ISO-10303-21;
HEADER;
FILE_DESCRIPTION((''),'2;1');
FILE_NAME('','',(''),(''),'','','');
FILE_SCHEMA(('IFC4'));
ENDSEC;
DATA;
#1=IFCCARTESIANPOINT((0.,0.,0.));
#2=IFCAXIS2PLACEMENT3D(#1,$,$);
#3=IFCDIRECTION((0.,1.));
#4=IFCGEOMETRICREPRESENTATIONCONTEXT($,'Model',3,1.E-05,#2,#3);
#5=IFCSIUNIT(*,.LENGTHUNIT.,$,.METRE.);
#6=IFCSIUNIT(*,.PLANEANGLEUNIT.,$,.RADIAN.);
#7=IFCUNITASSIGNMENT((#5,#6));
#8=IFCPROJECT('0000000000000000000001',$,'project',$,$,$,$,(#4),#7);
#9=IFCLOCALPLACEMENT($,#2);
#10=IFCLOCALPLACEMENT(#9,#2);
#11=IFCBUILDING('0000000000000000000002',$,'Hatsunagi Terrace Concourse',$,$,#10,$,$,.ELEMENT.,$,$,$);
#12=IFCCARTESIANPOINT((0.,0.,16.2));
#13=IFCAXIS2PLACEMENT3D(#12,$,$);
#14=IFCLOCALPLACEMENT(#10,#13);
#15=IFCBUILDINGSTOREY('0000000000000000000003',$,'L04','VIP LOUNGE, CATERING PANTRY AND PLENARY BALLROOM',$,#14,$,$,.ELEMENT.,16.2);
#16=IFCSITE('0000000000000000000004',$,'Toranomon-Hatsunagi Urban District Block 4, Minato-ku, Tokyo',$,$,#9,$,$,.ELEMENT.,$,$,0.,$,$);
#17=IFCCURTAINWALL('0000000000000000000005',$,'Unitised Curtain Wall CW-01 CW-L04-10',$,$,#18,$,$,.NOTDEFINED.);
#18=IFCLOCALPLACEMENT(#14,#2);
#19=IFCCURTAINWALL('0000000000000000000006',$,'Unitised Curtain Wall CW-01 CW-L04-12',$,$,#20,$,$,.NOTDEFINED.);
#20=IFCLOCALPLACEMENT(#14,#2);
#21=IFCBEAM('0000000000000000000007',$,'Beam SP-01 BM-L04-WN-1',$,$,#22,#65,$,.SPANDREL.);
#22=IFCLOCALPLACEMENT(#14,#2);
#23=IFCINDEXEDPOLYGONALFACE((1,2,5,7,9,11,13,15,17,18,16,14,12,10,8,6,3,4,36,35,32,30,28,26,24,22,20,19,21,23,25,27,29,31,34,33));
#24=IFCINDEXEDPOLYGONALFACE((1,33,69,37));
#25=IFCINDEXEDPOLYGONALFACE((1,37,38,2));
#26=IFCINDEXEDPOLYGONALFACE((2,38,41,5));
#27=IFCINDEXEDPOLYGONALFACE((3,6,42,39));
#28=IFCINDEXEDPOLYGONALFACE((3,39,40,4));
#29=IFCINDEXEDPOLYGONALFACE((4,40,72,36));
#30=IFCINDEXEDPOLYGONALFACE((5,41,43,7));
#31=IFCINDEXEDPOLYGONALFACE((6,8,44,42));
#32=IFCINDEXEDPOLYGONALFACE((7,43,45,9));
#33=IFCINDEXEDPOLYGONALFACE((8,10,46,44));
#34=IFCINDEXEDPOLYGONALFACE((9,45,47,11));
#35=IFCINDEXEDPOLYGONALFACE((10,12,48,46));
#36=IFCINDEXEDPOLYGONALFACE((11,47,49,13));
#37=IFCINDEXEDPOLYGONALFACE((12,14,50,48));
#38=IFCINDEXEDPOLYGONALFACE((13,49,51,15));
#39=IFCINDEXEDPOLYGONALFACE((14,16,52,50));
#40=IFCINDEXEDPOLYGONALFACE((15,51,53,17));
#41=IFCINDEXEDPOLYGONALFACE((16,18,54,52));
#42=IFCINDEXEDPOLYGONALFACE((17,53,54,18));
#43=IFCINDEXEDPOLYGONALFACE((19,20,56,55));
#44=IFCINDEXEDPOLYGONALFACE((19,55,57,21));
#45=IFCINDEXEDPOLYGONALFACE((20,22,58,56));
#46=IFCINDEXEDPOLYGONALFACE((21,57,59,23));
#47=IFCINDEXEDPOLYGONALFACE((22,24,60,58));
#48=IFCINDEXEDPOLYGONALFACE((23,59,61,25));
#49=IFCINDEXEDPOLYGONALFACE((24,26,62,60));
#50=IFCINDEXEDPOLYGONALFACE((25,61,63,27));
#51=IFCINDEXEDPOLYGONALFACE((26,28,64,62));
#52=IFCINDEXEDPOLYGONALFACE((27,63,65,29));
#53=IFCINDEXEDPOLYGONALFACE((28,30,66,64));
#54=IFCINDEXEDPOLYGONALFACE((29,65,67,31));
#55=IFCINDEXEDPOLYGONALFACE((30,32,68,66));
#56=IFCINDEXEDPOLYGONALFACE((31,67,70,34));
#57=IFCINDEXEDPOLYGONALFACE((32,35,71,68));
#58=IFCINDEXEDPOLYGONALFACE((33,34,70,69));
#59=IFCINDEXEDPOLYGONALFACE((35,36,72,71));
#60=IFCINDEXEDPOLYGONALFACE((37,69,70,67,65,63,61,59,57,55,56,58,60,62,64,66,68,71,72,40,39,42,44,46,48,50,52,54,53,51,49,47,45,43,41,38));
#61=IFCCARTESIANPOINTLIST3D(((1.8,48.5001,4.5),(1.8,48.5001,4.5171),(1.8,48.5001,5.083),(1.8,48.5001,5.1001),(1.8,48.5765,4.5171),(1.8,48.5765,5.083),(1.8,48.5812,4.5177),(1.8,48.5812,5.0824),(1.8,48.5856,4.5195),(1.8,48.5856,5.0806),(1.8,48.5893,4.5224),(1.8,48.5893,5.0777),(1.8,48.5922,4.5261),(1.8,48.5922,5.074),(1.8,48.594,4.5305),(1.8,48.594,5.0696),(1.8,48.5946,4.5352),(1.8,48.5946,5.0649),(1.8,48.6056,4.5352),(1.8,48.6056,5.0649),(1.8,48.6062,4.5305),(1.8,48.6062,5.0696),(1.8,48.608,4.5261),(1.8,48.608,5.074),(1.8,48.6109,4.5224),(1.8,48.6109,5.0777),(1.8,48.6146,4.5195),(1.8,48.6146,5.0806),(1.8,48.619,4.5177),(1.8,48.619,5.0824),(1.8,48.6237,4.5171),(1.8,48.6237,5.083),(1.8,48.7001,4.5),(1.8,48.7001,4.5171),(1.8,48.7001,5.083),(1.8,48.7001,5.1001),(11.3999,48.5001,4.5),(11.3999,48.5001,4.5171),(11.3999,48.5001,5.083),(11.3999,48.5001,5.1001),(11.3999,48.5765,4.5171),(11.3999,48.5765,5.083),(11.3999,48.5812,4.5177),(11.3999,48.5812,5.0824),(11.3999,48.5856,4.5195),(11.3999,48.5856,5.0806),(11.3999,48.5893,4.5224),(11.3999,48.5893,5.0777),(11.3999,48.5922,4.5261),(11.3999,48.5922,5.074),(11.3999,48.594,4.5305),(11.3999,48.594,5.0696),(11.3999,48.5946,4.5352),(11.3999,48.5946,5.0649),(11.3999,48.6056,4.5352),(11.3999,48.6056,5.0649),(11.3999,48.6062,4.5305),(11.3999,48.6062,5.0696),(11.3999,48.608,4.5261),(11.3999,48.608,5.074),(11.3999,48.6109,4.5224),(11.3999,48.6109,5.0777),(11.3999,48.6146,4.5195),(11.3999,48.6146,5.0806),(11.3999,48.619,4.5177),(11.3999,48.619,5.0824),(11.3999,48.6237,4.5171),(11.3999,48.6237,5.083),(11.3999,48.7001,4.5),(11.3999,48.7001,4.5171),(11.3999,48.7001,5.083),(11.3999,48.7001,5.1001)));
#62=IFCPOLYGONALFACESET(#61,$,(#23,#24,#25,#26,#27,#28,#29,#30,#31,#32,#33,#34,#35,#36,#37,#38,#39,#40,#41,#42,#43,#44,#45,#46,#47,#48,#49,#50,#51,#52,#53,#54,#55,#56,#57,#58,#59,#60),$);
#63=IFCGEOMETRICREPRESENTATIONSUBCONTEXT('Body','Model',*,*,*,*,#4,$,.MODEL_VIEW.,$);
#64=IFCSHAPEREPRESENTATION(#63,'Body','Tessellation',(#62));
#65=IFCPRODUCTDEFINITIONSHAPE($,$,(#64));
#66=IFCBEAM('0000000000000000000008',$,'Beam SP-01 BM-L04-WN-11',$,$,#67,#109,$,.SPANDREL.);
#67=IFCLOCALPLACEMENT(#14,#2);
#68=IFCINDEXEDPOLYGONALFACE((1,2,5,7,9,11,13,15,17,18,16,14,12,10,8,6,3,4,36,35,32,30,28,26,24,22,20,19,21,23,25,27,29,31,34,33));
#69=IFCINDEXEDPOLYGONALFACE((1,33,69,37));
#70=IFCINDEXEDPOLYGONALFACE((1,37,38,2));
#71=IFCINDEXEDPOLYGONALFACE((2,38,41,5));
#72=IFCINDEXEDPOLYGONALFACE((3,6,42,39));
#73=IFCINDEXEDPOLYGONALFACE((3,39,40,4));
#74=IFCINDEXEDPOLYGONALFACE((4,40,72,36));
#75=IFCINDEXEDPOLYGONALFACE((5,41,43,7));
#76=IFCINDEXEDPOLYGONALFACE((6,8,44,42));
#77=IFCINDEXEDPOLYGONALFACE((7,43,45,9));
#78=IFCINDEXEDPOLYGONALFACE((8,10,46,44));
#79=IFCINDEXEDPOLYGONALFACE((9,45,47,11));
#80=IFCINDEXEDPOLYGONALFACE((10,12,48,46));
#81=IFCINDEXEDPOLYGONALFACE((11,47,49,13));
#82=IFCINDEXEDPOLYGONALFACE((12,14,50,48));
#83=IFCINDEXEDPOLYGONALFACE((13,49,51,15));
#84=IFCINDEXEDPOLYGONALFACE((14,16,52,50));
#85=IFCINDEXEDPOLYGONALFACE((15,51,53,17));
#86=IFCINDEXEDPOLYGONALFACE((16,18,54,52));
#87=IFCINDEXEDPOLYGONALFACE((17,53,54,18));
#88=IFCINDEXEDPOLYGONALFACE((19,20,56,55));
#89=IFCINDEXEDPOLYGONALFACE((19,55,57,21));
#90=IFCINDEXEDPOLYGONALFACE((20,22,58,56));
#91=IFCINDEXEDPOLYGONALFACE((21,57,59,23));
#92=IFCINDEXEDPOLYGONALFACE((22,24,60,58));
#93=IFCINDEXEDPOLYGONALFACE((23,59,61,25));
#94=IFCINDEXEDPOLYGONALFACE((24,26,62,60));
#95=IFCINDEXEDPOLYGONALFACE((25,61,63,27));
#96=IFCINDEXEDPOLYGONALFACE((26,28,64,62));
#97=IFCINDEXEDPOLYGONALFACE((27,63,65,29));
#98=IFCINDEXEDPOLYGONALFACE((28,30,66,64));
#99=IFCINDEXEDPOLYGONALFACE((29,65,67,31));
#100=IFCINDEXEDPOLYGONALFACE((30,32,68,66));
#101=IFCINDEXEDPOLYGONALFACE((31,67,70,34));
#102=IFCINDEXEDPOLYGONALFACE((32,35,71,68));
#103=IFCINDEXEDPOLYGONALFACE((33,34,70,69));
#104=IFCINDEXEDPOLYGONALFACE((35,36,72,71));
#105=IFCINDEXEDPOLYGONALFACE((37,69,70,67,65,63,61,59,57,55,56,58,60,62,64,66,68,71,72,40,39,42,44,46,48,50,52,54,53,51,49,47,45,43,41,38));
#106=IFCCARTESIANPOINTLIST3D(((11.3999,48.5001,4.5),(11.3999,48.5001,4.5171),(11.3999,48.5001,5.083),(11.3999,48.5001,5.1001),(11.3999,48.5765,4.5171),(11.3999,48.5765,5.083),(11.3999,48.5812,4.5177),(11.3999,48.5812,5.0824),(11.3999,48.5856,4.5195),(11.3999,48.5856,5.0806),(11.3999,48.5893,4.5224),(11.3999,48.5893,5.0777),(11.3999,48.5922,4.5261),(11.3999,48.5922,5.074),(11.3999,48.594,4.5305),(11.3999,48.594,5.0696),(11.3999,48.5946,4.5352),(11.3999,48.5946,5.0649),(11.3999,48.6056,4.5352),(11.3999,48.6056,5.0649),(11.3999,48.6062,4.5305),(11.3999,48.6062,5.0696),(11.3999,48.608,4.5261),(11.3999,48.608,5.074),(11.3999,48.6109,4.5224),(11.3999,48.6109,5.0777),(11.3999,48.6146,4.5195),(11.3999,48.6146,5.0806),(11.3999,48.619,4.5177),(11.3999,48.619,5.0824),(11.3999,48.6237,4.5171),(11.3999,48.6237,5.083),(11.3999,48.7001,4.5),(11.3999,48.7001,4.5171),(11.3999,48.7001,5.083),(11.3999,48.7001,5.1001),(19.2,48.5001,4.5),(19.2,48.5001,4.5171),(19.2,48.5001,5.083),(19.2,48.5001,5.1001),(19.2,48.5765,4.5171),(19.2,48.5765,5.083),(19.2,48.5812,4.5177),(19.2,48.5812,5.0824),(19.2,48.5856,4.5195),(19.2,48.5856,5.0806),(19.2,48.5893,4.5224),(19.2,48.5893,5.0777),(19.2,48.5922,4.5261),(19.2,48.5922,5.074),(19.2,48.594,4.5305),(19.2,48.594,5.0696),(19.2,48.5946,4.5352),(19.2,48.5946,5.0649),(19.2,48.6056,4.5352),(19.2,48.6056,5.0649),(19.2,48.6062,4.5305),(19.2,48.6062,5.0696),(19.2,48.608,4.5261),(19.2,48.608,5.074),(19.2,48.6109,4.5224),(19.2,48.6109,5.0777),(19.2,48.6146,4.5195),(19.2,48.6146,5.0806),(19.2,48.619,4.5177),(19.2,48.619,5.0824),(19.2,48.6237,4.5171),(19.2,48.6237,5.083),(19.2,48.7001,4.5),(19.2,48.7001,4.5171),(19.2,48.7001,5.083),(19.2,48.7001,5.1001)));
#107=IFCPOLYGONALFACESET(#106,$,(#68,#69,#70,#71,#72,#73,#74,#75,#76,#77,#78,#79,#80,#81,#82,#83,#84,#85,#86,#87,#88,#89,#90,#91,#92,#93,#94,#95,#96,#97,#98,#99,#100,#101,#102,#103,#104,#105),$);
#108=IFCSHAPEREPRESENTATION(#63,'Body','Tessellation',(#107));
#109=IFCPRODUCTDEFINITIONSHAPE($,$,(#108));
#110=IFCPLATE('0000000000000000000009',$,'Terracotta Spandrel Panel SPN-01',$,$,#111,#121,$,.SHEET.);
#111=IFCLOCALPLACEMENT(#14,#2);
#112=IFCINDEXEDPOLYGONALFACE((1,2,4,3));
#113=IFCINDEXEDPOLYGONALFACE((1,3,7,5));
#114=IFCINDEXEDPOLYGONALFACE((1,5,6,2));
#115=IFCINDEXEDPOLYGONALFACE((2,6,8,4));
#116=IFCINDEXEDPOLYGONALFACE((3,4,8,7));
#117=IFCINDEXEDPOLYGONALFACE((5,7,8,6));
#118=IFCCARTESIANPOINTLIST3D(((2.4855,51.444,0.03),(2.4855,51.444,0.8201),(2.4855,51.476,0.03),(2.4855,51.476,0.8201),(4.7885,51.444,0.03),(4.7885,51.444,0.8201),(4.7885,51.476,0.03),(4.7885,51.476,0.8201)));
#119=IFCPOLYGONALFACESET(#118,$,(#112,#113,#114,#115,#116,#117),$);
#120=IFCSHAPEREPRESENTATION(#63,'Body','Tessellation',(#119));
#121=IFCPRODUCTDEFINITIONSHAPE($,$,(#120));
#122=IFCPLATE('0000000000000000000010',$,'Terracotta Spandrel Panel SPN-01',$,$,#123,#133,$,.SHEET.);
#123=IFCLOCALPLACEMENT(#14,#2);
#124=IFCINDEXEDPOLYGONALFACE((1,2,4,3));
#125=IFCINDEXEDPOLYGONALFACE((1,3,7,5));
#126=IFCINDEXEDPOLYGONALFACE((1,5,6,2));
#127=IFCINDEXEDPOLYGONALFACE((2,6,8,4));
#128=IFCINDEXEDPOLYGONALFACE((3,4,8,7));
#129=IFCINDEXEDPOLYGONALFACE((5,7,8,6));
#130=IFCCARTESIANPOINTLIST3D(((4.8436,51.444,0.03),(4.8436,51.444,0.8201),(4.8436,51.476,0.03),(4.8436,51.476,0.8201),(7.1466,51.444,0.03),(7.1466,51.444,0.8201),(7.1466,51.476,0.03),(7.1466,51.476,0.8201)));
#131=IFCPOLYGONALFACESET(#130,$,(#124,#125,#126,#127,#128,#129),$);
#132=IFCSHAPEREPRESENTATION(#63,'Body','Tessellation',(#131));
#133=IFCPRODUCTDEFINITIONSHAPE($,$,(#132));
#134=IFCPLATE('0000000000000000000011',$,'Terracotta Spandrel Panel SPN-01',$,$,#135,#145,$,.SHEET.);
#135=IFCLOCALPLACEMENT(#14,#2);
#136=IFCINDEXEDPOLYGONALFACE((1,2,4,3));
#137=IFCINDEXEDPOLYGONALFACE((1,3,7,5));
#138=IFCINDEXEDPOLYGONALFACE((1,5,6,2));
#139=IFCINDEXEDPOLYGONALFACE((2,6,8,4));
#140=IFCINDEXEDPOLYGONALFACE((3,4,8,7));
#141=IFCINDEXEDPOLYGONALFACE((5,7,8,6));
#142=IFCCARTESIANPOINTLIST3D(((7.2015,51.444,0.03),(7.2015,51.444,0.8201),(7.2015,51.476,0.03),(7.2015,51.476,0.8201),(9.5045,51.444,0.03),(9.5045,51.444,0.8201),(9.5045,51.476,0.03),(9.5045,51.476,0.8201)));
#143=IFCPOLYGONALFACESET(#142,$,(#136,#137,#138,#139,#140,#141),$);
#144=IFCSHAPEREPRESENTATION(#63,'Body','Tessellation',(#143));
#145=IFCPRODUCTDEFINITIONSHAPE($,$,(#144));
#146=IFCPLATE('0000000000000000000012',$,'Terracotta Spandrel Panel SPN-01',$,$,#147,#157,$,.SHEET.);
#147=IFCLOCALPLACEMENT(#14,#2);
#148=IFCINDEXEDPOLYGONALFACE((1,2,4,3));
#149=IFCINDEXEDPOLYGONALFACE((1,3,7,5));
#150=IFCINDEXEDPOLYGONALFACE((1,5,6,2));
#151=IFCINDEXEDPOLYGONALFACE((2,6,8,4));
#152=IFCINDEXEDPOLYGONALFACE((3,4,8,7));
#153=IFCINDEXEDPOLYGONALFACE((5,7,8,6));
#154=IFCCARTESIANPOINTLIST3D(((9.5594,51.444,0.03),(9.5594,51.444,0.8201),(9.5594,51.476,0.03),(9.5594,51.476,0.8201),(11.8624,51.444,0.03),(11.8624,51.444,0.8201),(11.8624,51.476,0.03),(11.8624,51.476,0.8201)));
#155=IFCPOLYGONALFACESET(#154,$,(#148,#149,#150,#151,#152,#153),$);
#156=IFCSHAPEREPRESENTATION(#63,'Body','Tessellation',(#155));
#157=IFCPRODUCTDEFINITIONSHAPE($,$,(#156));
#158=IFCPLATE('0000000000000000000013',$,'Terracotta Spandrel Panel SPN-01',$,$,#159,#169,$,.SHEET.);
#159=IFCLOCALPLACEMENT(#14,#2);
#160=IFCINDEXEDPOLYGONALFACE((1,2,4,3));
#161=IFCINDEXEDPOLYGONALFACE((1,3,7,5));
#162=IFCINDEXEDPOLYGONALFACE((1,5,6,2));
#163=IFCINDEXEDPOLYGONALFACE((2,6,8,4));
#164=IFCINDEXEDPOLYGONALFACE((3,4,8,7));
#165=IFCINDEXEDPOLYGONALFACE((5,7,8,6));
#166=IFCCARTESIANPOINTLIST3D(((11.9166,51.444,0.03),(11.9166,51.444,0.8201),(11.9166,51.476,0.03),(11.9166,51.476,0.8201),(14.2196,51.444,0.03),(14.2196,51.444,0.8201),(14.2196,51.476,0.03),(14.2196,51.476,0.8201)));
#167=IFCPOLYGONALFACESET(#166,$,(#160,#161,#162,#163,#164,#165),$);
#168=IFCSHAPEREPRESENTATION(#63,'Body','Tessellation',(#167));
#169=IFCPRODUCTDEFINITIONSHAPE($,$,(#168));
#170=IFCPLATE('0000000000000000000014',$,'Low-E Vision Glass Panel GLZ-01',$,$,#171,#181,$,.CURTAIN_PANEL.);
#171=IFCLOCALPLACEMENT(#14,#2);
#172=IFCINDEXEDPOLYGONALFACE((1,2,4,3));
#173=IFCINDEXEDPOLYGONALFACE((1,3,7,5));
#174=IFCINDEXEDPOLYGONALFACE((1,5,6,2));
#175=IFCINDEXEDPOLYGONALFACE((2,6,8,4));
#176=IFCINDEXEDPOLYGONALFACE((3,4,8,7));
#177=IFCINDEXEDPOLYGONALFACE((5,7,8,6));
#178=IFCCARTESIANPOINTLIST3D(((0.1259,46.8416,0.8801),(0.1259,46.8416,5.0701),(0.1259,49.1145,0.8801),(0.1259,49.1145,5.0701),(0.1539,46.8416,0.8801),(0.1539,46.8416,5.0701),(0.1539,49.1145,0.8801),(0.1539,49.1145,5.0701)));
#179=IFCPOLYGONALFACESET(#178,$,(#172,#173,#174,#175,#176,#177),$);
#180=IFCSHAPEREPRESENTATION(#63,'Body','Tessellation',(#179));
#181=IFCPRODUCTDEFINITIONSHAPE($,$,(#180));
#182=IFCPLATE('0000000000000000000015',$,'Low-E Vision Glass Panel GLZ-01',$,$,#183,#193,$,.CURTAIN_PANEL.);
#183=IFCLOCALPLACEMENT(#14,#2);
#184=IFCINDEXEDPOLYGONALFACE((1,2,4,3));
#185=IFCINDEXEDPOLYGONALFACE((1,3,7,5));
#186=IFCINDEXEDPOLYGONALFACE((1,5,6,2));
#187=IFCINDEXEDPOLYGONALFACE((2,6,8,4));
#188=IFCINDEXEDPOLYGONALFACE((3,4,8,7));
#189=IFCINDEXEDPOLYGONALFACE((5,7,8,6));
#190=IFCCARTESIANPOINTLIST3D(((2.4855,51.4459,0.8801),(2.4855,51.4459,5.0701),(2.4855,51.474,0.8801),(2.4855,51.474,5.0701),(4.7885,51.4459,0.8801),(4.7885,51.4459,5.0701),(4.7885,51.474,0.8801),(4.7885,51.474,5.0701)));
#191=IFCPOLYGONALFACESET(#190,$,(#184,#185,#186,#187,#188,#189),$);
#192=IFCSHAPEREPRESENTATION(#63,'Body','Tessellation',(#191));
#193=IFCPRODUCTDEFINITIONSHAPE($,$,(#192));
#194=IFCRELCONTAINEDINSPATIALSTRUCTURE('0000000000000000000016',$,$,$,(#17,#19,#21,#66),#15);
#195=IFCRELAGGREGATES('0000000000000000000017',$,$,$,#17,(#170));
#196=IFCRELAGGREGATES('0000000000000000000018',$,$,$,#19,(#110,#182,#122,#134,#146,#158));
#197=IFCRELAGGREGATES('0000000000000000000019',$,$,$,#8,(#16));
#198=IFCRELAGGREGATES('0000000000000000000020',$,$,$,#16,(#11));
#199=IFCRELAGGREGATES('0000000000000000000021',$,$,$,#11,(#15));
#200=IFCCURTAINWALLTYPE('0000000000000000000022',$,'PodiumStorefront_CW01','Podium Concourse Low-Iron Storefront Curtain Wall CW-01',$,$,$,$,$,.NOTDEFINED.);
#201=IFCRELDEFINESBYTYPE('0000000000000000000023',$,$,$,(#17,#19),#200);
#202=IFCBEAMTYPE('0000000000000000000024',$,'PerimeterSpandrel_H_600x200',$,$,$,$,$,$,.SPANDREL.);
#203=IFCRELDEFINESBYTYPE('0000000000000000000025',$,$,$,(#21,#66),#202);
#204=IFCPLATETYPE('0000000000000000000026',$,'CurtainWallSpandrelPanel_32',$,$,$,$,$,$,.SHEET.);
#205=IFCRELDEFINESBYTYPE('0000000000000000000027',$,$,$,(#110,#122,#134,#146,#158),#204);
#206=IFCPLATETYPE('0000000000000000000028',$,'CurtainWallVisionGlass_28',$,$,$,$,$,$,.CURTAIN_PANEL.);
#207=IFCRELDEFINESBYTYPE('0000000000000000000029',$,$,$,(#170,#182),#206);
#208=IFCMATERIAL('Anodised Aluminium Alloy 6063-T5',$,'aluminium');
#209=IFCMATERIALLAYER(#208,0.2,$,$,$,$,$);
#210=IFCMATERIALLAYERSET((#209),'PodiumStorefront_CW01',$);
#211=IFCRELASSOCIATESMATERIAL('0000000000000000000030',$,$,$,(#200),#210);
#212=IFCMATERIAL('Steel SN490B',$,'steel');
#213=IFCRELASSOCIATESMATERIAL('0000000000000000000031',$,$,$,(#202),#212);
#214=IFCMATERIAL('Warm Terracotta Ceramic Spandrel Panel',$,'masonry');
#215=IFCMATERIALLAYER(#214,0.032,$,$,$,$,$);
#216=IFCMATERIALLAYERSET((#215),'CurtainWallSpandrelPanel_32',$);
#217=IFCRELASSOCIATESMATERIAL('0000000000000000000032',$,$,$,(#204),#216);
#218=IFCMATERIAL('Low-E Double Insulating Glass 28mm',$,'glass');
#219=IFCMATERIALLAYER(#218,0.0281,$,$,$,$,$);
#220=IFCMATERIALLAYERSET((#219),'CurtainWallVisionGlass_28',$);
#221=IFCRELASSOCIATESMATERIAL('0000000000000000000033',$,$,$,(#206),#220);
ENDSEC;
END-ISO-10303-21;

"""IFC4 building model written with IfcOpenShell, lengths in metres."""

from ifc_helpers import new_model, si_unit, direction, frame, origin, origin_2d, place, context, subcontext, project, spatial, rectangle, i_section, extrude, material, layer, layer_set, material_profile, profile_set, type_object, element, aggregate, save


model = new_model("IFC4")

# Units and contexts
model_context = context("Model", 3, precision=1e-05, world=origin(), true_north=direction((0.0, 1.0)))
body_context = subcontext(model_context, "Body", "Model", "MODEL_VIEW")
ifc_project = project(units=[si_unit("LENGTHUNIT", "METRE"), si_unit("PLANEANGLEUNIT", "RADIAN")], contexts=[model_context])

# Site, building, storey
site_placement = place(None, origin())
site = spatial("IfcSite", under=ifc_project, at=site_placement, Name="Toranomon-Hatsunagi Urban District Block 4, Minato-ku, Tokyo", CompositionType="ELEMENT", RefElevation=0.0)
building_placement = place(site_placement, origin())
building = spatial("IfcBuilding", under=site, at=building_placement, Name="Hatsunagi Terrace Concourse", CompositionType="ELEMENT")
storey_placement = place(building_placement, frame((0.0, 0.0, 16.2)))
storey = spatial("IfcBuildingStorey", under=building, at=storey_placement, Name="L04", Description="VIP LOUNGE, CATERING PANTRY AND PLENARY BALLROOM", CompositionType="ELEMENT", Elevation=16.2)

# Curtain wall
ifc_material_1 = material(Name="Anodised Aluminium Alloy 6063-T5", Category="aluminium")
ifc_layer_1 = layer(ifc_material_1, 0.2)
ifc_layer_set_1 = layer_set([ifc_layer_1], Name="PodiumStorefront_CW01")
curtain_wall_type = type_object("IfcCurtainWallType", Name="PodiumStorefront_CW01", Description="Podium Concourse Low-Iron Storefront Curtain Wall CW-01", PredefinedType="NOTDEFINED", material=ifc_layer_set_1)
curtain_wall_1_placement = place(storey_placement, origin())
curtain_wall_1 = element("IfcCurtainWall", 1, at=curtain_wall_1_placement, inside=storey, type_object=curtain_wall_type, Name="Unitised Curtain Wall CW-01 CW-L04-10", PredefinedType="NOTDEFINED")

# Curtain wall
curtain_wall_2_placement = place(storey_placement, origin())
curtain_wall_2 = element("IfcCurtainWall", 2, at=curtain_wall_2_placement, inside=storey, type_object=curtain_wall_type, Name="Unitised Curtain Wall CW-01 CW-L04-12", PredefinedType="NOTDEFINED")

# Beams
ifc_material_2 = material(Name="Steel SN490B", Category="steel")
ifc_material_profile_1 = material_profile(ifc_material_2, i_section(OverallWidth=0.2, OverallDepth=0.6001, WebThickness=0.011, FlangeThickness=0.0171, FilletRadius=0.0181, at=origin_2d()), Name="H-600x200x11x17")
ifc_profile_set_1 = profile_set([ifc_material_profile_1], Name="Steel SN490B")
beam_type = type_object("IfcBeamType", Name="PerimeterSpandrel_H_600x200", PredefinedType="SPANDREL", material=ifc_profile_set_1)
beam_1_placement = place(storey_placement, frame((1.8, 48.6001, 4.8), z_axis=(1.0, 0.0, 0.0), x_axis=(0.0, 1.0, 0.0)))
element("IfcBeam", 3, at=beam_1_placement, inside=storey, type_object=beam_type, Name="Beam SP-01 BM-L04-WN-1", PredefinedType="SPANDREL", context=body_context, shape_type="SweptSolid", body=[
    extrude(i_section(OverallWidth=0.2, OverallDepth=0.6001, WebThickness=0.011, FlangeThickness=0.0171, FilletRadius=0.0181, at=origin_2d()), origin(), (0.0, 0.0, 1.0), 9.5999),
])
beam_2_placement = place(storey_placement, frame((11.3999, 48.6001, 4.8), z_axis=(1.0, 0.0, 0.0), x_axis=(0.0, 1.0, 0.0)))
element("IfcBeam", 4, at=beam_2_placement, inside=storey, type_object=beam_type, Name="Beam SP-01 BM-L04-WN-11", PredefinedType="SPANDREL", context=body_context, shape_type="SweptSolid", body=[
    extrude(i_section(OverallWidth=0.2, OverallDepth=0.6001, WebThickness=0.011, FlangeThickness=0.0171, FilletRadius=0.0181, at=origin_2d()), origin(), (0.0, 0.0, 1.0), 7.8),
])

# Plates
ifc_material_3 = material(Name="Warm Terracotta Ceramic Spandrel Panel", Category="masonry")
ifc_layer_2 = layer(ifc_material_3, 0.032)
ifc_layer_set_2 = layer_set([ifc_layer_2], Name="CurtainWallSpandrelPanel_32")
plate_type_1 = type_object("IfcPlateType", Name="CurtainWallSpandrelPanel_32", PredefinedType="SHEET", material=ifc_layer_set_2)
plate_1_placement = place(storey_placement, frame((3.637, 51.46, 0.03), z_axis=(0.0, 0.0, 1.0), x_axis=(1.0, 0.0, 0.0)))
plate_1 = element("IfcPlate", 5, at=plate_1_placement, type_object=plate_type_1, Name="Terracotta Spandrel Panel SPN-01", PredefinedType="SHEET", context=body_context, shape_type="SweptSolid", body=[
    extrude(rectangle(XDim=2.303, YDim=0.032, at=origin_2d()), origin(), (0.0, 0.0, 1.0), 0.79),
])
plate_2_placement = place(storey_placement, frame((5.9951, 51.46, 0.03), z_axis=(0.0, 0.0, 1.0), x_axis=(1.0, 0.0, 0.0)))
plate_2 = element("IfcPlate", 6, at=plate_2_placement, type_object=plate_type_1, Name="Terracotta Spandrel Panel SPN-01", PredefinedType="SHEET", context=body_context, shape_type="SweptSolid", body=[
    extrude(rectangle(XDim=2.303, YDim=0.032, at=origin_2d()), origin(), (0.0, 0.0, 1.0), 0.79),
])
plate_3_placement = place(storey_placement, frame((8.353, 51.46, 0.03), z_axis=(0.0, 0.0, 1.0), x_axis=(1.0, 0.0, 0.0)))
plate_3 = element("IfcPlate", 7, at=plate_3_placement, type_object=plate_type_1, Name="Terracotta Spandrel Panel SPN-01", PredefinedType="SHEET", context=body_context, shape_type="SweptSolid", body=[
    extrude(rectangle(XDim=2.303, YDim=0.032, at=origin_2d()), origin(), (0.0, 0.0, 1.0), 0.79),
])
plate_4_placement = place(storey_placement, frame((10.7109, 51.46, 0.03), z_axis=(0.0, 0.0, 1.0), x_axis=(1.0, 0.0, 0.0)))
plate_4 = element("IfcPlate", 8, at=plate_4_placement, type_object=plate_type_1, Name="Terracotta Spandrel Panel SPN-01", PredefinedType="SHEET", context=body_context, shape_type="SweptSolid", body=[
    extrude(rectangle(XDim=2.303, YDim=0.032, at=origin_2d()), origin(), (0.0, 0.0, 1.0), 0.79),
])
plate_5_placement = place(storey_placement, frame((13.0681, 51.46, 0.03), z_axis=(0.0, 0.0, 1.0), x_axis=(1.0, 0.0, 0.0)))
plate_5 = element("IfcPlate", 9, at=plate_5_placement, type_object=plate_type_1, Name="Terracotta Spandrel Panel SPN-01", PredefinedType="SHEET", context=body_context, shape_type="SweptSolid", body=[
    extrude(rectangle(XDim=2.303, YDim=0.032, at=origin_2d()), origin(), (0.0, 0.0, 1.0), 0.79),
])
ifc_material_4 = material(Name="Low-E Double Insulating Glass 28mm", Category="glass")
ifc_layer_3 = layer(ifc_material_4, 0.0281)
ifc_layer_set_3 = layer_set([ifc_layer_3], Name="CurtainWallVisionGlass_28")
plate_type_2 = type_object("IfcPlateType", Name="CurtainWallVisionGlass_28", PredefinedType="CURTAIN_PANEL", material=ifc_layer_set_3)
plate_6_placement = place(storey_placement, frame((0.1399, 47.978, 0.8801), z_axis=(0.0, 0.0, 1.0), x_axis=(0.0, 1.0, 0.0)))
plate_6 = element("IfcPlate", 10, at=plate_6_placement, type_object=plate_type_2, Name="Low-E Vision Glass Panel GLZ-01", PredefinedType="CURTAIN_PANEL", context=body_context, shape_type="SweptSolid", body=[
    extrude(rectangle(XDim=2.2729, YDim=0.0281, at=origin_2d()), origin(), (0.0, 0.0, 1.0), 4.1899),
])
aggregate(curtain_wall_1, [plate_6])
plate_7_placement = place(storey_placement, frame((3.637, 51.46, 0.8801), z_axis=(0.0, 0.0, 1.0), x_axis=(1.0, 0.0, 0.0)))
plate_7 = element("IfcPlate", 11, at=plate_7_placement, type_object=plate_type_2, Name="Low-E Vision Glass Panel GLZ-01", PredefinedType="CURTAIN_PANEL", context=body_context, shape_type="SweptSolid", body=[
    extrude(rectangle(XDim=2.303, YDim=0.0281, at=origin_2d()), origin(), (0.0, 0.0, 1.0), 4.1899),
])
aggregate(curtain_wall_2, [plate_1, plate_7, plate_2, plate_3, plate_4, plate_5])

save(model, "model.ifc")
